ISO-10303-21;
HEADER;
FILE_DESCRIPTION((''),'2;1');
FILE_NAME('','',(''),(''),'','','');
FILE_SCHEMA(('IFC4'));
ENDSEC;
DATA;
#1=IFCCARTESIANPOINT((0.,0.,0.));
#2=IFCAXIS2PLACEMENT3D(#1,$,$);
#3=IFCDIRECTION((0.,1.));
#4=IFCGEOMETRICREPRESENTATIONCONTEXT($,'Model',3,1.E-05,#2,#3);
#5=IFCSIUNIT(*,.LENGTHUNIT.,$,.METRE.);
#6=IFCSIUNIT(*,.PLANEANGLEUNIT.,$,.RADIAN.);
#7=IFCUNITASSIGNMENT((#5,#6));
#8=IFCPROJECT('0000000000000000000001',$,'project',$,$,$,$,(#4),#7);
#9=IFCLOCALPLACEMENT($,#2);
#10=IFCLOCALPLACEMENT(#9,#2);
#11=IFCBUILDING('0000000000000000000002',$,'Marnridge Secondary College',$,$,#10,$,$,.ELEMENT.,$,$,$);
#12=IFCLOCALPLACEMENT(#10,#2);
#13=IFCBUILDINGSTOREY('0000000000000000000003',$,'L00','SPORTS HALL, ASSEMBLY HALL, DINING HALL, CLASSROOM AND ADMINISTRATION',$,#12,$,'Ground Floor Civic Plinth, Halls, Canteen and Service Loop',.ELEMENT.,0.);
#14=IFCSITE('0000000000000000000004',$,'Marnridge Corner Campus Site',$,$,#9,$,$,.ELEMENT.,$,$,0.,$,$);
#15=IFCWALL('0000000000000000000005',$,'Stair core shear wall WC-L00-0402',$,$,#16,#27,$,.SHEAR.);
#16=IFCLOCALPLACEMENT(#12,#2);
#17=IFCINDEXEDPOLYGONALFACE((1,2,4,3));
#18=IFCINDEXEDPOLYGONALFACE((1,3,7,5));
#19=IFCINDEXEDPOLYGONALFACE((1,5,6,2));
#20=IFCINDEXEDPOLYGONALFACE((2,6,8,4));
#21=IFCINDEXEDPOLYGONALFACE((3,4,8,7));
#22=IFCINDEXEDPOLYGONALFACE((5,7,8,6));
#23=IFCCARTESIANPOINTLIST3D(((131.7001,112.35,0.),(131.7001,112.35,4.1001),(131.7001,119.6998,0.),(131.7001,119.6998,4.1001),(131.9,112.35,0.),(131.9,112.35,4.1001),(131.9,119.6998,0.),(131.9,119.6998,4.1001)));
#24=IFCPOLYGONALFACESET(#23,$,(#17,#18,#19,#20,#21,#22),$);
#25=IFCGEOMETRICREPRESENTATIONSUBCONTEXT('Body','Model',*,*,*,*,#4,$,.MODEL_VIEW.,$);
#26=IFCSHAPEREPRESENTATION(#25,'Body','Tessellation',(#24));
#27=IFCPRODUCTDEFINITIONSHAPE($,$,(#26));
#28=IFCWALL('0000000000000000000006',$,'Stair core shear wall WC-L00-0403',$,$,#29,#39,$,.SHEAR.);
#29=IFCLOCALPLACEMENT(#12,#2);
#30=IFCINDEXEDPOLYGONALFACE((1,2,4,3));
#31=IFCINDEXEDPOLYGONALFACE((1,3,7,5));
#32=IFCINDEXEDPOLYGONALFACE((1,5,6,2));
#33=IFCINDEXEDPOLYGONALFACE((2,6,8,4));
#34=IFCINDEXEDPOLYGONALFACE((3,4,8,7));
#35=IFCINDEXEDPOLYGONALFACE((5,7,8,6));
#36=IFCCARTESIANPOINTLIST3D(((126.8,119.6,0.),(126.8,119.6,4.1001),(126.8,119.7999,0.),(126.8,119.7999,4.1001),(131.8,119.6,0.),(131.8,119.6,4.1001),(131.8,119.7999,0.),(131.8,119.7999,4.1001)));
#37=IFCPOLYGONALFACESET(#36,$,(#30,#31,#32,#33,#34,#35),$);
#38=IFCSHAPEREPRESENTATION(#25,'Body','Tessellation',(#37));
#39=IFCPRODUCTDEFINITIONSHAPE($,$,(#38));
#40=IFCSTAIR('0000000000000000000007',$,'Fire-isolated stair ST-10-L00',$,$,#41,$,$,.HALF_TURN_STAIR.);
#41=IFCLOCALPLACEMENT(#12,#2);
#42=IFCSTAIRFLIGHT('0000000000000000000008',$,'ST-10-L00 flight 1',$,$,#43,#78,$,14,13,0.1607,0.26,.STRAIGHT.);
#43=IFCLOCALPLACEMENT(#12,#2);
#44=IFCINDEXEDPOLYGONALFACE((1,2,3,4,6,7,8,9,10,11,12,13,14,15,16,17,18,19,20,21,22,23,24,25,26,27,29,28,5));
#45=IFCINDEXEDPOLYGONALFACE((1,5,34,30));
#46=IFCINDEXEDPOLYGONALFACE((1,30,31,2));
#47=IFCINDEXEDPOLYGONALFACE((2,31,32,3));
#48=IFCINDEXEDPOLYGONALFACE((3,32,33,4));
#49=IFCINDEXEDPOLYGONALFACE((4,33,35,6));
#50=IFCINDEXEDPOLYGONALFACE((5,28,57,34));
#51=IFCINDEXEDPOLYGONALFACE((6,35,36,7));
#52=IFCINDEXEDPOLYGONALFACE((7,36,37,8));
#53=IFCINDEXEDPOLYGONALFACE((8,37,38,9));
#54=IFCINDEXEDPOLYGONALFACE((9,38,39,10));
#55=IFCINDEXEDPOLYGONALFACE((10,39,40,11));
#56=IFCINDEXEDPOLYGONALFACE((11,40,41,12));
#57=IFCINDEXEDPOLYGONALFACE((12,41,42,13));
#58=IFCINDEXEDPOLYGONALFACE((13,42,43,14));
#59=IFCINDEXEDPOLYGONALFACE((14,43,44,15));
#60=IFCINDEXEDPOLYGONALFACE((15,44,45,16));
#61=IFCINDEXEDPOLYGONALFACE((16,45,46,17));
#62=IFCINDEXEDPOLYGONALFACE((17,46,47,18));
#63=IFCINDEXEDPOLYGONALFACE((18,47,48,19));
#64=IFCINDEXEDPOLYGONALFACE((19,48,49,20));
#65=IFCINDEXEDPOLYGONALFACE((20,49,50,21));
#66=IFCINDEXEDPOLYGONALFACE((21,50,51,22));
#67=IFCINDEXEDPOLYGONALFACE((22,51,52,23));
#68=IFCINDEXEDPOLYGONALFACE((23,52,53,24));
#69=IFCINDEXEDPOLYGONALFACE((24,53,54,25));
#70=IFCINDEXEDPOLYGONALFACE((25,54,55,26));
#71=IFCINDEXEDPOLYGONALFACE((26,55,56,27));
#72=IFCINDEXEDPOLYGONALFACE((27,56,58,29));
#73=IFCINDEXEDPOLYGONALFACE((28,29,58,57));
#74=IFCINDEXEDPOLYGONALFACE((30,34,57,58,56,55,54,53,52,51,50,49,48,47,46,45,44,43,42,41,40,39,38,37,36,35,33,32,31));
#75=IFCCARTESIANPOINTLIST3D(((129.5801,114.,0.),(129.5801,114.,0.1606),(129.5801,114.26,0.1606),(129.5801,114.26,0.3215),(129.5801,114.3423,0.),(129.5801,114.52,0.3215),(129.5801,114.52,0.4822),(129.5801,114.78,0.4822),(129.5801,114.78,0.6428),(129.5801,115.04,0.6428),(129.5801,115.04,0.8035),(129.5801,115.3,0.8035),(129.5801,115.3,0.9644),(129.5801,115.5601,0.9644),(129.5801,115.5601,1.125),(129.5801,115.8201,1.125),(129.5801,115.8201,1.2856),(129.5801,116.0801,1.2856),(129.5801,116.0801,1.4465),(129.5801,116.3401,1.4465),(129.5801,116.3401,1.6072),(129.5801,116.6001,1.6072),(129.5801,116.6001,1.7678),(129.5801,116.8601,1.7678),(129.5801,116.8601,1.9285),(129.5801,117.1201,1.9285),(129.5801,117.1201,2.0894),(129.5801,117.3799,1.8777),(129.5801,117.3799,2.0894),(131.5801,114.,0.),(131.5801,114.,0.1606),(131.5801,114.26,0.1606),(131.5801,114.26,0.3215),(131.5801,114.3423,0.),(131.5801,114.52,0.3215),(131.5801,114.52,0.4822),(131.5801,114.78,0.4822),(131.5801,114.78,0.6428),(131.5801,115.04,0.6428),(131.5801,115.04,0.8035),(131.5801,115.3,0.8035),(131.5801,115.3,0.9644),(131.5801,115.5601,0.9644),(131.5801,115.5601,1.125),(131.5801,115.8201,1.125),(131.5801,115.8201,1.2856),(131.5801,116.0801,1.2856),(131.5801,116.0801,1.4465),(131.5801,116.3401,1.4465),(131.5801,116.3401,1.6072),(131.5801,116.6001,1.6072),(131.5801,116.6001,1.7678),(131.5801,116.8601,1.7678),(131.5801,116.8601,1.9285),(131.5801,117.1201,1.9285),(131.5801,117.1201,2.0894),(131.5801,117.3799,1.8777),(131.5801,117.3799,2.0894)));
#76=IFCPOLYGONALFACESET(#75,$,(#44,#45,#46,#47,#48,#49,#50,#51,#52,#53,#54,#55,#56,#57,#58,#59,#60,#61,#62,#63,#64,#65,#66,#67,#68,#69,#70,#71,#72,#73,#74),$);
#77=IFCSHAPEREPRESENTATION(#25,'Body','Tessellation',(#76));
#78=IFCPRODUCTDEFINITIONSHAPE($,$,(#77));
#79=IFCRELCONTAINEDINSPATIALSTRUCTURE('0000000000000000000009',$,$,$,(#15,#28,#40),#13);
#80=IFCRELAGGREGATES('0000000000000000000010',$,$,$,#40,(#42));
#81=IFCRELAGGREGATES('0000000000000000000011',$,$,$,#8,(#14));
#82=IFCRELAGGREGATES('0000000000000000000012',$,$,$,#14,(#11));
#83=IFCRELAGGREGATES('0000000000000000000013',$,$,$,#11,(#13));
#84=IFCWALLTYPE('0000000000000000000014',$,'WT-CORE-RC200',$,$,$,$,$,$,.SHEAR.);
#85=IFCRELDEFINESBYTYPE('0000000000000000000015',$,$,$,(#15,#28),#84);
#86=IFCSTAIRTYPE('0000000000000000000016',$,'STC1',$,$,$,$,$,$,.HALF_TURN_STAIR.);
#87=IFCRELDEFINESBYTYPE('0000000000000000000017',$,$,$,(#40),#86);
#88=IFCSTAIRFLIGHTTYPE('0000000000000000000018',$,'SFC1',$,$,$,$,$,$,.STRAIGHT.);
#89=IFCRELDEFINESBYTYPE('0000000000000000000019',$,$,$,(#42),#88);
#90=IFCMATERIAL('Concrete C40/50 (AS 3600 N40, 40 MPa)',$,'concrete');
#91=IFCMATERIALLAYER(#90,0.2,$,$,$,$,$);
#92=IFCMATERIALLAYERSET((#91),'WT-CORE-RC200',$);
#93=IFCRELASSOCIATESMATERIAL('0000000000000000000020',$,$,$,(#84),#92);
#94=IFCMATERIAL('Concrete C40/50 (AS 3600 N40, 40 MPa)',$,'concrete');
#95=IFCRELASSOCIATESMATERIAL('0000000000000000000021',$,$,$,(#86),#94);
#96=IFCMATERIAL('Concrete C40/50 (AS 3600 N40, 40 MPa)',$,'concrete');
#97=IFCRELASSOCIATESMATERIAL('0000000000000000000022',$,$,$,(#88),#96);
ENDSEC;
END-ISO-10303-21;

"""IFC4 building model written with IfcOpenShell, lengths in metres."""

from ifc_helpers import new_model, si_unit, direction, frame, frame_2d, origin, place, context, subcontext, project, spatial, polyline, rectangle, outline, extrude, material, layer, layer_set, type_object, element, aggregate, save


model = new_model("IFC4")

# Units and contexts
model_context = context("Model", 3, precision=1e-05, world=origin(), true_north=direction((0.0, 1.0)))
body_context = subcontext(model_context, "Body", "Model", "MODEL_VIEW")
ifc_project = project(units=[si_unit("LENGTHUNIT", "METRE"), si_unit("PLANEANGLEUNIT", "RADIAN")], contexts=[model_context])

# Site, building, storey
site_placement = place(None, origin())
site = spatial("IfcSite", under=ifc_project, at=site_placement, Name="Marnridge Corner Campus Site", CompositionType="ELEMENT", RefElevation=0.0)
building_placement = place(site_placement, origin())
building = spatial("IfcBuilding", under=site, at=building_placement, Name="Marnridge Secondary College", CompositionType="ELEMENT")
storey_placement = place(building_placement, origin())
storey = spatial("IfcBuildingStorey", under=building, at=storey_placement, Name="L00", Description="SPORTS HALL, ASSEMBLY HALL, DINING HALL, CLASSROOM AND ADMINISTRATION", LongName="Ground Floor Civic Plinth, Halls, Canteen and Service Loop", CompositionType="ELEMENT", Elevation=0.0)

# Shared definitions
ifc_material_1 = material(Name="Concrete C40/50 (AS 3600 N40, 40 MPa)", Category="concrete")
ifc_layer_1 = layer(ifc_material_1, 0.2)
ifc_layer_set_1 = layer_set([ifc_layer_1], Name="WT-CORE-RC200")
wall_type = type_object("IfcWallType", Name="WT-CORE-RC200", PredefinedType="SHEAR", material=ifc_layer_set_1)

# Walls
wall_1_placement = place(storey_placement, frame((131.8, 112.3501, 0.0), z_axis=(0.0, 0.0, 1.0), x_axis=(0.0, 1.0, 0.0)))
element("IfcWall", 1, at=wall_1_placement, inside=storey, type_object=wall_type, Name="Stair core shear wall WC-L00-0402", PredefinedType="SHEAR", context=body_context, shape_type="SweptSolid", body=[
    extrude(rectangle(XDim=7.3499, YDim=0.2, at=frame_2d((3.6748, 0.0))), origin(), (0.0, 0.0, 1.0), 4.1001),
])
wall_2_placement = place(storey_placement, frame((131.8, 119.7, 0.0), z_axis=(0.0, 0.0, 1.0), x_axis=(-1.0, 0.0, 0.0)))
element("IfcWall", 2, at=wall_2_placement, inside=storey, type_object=wall_type, Name="Stair core shear wall WC-L00-0403", PredefinedType="SHEAR", context=body_context, shape_type="SweptSolid", body=[
    extrude(rectangle(XDim=5.0, YDim=0.2, at=frame_2d((2.5, 0.0))), origin(), (0.0, 0.0, 1.0), 4.1001),
])

# Stair, stair flight
ifc_material_2 = material(Name="Concrete C40/50 (AS 3600 N40, 40 MPa)", Category="concrete")
stair_type = type_object("IfcStairType", Name="STC1", PredefinedType="HALF_TURN_STAIR", material=ifc_material_2)
stair_placement = place(storey_placement, origin())
stair = element("IfcStair", 3, at=stair_placement, inside=storey, type_object=stair_type, Name="Fire-isolated stair ST-10-L00", PredefinedType="HALF_TURN_STAIR")
ifc_material_3 = material(Name="Concrete C40/50 (AS 3600 N40, 40 MPa)", Category="concrete")
stair_flight_type = type_object("IfcStairFlightType", Name="SFC1", PredefinedType="STRAIGHT", material=ifc_material_3)
stair_flight_placement = place(storey_placement, frame((130.5801, 114.0, 0.0), z_axis=(0.0, 0.0, 1.0), x_axis=(0.0, 1.0, 0.0)))
stair_flight = element("IfcStairFlight", 4, at=stair_flight_placement, type_object=stair_flight_type, Name="ST-10-L00 flight 1", NumberOfRisers=14, NumberOfTreads=13, PredefinedType="STRAIGHT", RiserHeight=0.1607, TreadLength=0.26, context=body_context, shape_type="SweptSolid", body=[
    extrude(outline(polyline([(0.0, 0.0), (0.0, 0.1606), (0.26, 0.1606), (0.26, 0.3215), (0.52, 0.3215), (0.52, 0.4822), (0.78, 0.4822), (0.78, 0.6428), (1.04, 0.6428), (1.04, 0.8035), (1.3, 0.8035), (1.3, 0.9644), (1.5601, 0.9644), (1.5601, 1.125), (1.8201, 1.125), (1.8201, 1.2856), (2.0801, 1.2856), (2.0801, 1.4465), (2.3401, 1.4465), (2.3401, 1.6072), (2.6001, 1.6072), (2.6001, 1.7678), (2.8601, 1.7678), (2.8601, 1.9285), (3.1201, 1.9285), (3.1201, 2.0894), (3.3799, 2.0894), (3.3799, 2.25), (3.3799, 1.8777), (0.3423, 0.0), (0.0, 0.0)])), frame((0.0, 1.0, 0.0), z_axis=(0.0, -1.0, 0.0), x_axis=(1.0, 0.0, 0.0)), (0.0, 0.0, 1.0), 2.0),
])
aggregate(stair, [stair_flight])

save(model, "model.ifc")
